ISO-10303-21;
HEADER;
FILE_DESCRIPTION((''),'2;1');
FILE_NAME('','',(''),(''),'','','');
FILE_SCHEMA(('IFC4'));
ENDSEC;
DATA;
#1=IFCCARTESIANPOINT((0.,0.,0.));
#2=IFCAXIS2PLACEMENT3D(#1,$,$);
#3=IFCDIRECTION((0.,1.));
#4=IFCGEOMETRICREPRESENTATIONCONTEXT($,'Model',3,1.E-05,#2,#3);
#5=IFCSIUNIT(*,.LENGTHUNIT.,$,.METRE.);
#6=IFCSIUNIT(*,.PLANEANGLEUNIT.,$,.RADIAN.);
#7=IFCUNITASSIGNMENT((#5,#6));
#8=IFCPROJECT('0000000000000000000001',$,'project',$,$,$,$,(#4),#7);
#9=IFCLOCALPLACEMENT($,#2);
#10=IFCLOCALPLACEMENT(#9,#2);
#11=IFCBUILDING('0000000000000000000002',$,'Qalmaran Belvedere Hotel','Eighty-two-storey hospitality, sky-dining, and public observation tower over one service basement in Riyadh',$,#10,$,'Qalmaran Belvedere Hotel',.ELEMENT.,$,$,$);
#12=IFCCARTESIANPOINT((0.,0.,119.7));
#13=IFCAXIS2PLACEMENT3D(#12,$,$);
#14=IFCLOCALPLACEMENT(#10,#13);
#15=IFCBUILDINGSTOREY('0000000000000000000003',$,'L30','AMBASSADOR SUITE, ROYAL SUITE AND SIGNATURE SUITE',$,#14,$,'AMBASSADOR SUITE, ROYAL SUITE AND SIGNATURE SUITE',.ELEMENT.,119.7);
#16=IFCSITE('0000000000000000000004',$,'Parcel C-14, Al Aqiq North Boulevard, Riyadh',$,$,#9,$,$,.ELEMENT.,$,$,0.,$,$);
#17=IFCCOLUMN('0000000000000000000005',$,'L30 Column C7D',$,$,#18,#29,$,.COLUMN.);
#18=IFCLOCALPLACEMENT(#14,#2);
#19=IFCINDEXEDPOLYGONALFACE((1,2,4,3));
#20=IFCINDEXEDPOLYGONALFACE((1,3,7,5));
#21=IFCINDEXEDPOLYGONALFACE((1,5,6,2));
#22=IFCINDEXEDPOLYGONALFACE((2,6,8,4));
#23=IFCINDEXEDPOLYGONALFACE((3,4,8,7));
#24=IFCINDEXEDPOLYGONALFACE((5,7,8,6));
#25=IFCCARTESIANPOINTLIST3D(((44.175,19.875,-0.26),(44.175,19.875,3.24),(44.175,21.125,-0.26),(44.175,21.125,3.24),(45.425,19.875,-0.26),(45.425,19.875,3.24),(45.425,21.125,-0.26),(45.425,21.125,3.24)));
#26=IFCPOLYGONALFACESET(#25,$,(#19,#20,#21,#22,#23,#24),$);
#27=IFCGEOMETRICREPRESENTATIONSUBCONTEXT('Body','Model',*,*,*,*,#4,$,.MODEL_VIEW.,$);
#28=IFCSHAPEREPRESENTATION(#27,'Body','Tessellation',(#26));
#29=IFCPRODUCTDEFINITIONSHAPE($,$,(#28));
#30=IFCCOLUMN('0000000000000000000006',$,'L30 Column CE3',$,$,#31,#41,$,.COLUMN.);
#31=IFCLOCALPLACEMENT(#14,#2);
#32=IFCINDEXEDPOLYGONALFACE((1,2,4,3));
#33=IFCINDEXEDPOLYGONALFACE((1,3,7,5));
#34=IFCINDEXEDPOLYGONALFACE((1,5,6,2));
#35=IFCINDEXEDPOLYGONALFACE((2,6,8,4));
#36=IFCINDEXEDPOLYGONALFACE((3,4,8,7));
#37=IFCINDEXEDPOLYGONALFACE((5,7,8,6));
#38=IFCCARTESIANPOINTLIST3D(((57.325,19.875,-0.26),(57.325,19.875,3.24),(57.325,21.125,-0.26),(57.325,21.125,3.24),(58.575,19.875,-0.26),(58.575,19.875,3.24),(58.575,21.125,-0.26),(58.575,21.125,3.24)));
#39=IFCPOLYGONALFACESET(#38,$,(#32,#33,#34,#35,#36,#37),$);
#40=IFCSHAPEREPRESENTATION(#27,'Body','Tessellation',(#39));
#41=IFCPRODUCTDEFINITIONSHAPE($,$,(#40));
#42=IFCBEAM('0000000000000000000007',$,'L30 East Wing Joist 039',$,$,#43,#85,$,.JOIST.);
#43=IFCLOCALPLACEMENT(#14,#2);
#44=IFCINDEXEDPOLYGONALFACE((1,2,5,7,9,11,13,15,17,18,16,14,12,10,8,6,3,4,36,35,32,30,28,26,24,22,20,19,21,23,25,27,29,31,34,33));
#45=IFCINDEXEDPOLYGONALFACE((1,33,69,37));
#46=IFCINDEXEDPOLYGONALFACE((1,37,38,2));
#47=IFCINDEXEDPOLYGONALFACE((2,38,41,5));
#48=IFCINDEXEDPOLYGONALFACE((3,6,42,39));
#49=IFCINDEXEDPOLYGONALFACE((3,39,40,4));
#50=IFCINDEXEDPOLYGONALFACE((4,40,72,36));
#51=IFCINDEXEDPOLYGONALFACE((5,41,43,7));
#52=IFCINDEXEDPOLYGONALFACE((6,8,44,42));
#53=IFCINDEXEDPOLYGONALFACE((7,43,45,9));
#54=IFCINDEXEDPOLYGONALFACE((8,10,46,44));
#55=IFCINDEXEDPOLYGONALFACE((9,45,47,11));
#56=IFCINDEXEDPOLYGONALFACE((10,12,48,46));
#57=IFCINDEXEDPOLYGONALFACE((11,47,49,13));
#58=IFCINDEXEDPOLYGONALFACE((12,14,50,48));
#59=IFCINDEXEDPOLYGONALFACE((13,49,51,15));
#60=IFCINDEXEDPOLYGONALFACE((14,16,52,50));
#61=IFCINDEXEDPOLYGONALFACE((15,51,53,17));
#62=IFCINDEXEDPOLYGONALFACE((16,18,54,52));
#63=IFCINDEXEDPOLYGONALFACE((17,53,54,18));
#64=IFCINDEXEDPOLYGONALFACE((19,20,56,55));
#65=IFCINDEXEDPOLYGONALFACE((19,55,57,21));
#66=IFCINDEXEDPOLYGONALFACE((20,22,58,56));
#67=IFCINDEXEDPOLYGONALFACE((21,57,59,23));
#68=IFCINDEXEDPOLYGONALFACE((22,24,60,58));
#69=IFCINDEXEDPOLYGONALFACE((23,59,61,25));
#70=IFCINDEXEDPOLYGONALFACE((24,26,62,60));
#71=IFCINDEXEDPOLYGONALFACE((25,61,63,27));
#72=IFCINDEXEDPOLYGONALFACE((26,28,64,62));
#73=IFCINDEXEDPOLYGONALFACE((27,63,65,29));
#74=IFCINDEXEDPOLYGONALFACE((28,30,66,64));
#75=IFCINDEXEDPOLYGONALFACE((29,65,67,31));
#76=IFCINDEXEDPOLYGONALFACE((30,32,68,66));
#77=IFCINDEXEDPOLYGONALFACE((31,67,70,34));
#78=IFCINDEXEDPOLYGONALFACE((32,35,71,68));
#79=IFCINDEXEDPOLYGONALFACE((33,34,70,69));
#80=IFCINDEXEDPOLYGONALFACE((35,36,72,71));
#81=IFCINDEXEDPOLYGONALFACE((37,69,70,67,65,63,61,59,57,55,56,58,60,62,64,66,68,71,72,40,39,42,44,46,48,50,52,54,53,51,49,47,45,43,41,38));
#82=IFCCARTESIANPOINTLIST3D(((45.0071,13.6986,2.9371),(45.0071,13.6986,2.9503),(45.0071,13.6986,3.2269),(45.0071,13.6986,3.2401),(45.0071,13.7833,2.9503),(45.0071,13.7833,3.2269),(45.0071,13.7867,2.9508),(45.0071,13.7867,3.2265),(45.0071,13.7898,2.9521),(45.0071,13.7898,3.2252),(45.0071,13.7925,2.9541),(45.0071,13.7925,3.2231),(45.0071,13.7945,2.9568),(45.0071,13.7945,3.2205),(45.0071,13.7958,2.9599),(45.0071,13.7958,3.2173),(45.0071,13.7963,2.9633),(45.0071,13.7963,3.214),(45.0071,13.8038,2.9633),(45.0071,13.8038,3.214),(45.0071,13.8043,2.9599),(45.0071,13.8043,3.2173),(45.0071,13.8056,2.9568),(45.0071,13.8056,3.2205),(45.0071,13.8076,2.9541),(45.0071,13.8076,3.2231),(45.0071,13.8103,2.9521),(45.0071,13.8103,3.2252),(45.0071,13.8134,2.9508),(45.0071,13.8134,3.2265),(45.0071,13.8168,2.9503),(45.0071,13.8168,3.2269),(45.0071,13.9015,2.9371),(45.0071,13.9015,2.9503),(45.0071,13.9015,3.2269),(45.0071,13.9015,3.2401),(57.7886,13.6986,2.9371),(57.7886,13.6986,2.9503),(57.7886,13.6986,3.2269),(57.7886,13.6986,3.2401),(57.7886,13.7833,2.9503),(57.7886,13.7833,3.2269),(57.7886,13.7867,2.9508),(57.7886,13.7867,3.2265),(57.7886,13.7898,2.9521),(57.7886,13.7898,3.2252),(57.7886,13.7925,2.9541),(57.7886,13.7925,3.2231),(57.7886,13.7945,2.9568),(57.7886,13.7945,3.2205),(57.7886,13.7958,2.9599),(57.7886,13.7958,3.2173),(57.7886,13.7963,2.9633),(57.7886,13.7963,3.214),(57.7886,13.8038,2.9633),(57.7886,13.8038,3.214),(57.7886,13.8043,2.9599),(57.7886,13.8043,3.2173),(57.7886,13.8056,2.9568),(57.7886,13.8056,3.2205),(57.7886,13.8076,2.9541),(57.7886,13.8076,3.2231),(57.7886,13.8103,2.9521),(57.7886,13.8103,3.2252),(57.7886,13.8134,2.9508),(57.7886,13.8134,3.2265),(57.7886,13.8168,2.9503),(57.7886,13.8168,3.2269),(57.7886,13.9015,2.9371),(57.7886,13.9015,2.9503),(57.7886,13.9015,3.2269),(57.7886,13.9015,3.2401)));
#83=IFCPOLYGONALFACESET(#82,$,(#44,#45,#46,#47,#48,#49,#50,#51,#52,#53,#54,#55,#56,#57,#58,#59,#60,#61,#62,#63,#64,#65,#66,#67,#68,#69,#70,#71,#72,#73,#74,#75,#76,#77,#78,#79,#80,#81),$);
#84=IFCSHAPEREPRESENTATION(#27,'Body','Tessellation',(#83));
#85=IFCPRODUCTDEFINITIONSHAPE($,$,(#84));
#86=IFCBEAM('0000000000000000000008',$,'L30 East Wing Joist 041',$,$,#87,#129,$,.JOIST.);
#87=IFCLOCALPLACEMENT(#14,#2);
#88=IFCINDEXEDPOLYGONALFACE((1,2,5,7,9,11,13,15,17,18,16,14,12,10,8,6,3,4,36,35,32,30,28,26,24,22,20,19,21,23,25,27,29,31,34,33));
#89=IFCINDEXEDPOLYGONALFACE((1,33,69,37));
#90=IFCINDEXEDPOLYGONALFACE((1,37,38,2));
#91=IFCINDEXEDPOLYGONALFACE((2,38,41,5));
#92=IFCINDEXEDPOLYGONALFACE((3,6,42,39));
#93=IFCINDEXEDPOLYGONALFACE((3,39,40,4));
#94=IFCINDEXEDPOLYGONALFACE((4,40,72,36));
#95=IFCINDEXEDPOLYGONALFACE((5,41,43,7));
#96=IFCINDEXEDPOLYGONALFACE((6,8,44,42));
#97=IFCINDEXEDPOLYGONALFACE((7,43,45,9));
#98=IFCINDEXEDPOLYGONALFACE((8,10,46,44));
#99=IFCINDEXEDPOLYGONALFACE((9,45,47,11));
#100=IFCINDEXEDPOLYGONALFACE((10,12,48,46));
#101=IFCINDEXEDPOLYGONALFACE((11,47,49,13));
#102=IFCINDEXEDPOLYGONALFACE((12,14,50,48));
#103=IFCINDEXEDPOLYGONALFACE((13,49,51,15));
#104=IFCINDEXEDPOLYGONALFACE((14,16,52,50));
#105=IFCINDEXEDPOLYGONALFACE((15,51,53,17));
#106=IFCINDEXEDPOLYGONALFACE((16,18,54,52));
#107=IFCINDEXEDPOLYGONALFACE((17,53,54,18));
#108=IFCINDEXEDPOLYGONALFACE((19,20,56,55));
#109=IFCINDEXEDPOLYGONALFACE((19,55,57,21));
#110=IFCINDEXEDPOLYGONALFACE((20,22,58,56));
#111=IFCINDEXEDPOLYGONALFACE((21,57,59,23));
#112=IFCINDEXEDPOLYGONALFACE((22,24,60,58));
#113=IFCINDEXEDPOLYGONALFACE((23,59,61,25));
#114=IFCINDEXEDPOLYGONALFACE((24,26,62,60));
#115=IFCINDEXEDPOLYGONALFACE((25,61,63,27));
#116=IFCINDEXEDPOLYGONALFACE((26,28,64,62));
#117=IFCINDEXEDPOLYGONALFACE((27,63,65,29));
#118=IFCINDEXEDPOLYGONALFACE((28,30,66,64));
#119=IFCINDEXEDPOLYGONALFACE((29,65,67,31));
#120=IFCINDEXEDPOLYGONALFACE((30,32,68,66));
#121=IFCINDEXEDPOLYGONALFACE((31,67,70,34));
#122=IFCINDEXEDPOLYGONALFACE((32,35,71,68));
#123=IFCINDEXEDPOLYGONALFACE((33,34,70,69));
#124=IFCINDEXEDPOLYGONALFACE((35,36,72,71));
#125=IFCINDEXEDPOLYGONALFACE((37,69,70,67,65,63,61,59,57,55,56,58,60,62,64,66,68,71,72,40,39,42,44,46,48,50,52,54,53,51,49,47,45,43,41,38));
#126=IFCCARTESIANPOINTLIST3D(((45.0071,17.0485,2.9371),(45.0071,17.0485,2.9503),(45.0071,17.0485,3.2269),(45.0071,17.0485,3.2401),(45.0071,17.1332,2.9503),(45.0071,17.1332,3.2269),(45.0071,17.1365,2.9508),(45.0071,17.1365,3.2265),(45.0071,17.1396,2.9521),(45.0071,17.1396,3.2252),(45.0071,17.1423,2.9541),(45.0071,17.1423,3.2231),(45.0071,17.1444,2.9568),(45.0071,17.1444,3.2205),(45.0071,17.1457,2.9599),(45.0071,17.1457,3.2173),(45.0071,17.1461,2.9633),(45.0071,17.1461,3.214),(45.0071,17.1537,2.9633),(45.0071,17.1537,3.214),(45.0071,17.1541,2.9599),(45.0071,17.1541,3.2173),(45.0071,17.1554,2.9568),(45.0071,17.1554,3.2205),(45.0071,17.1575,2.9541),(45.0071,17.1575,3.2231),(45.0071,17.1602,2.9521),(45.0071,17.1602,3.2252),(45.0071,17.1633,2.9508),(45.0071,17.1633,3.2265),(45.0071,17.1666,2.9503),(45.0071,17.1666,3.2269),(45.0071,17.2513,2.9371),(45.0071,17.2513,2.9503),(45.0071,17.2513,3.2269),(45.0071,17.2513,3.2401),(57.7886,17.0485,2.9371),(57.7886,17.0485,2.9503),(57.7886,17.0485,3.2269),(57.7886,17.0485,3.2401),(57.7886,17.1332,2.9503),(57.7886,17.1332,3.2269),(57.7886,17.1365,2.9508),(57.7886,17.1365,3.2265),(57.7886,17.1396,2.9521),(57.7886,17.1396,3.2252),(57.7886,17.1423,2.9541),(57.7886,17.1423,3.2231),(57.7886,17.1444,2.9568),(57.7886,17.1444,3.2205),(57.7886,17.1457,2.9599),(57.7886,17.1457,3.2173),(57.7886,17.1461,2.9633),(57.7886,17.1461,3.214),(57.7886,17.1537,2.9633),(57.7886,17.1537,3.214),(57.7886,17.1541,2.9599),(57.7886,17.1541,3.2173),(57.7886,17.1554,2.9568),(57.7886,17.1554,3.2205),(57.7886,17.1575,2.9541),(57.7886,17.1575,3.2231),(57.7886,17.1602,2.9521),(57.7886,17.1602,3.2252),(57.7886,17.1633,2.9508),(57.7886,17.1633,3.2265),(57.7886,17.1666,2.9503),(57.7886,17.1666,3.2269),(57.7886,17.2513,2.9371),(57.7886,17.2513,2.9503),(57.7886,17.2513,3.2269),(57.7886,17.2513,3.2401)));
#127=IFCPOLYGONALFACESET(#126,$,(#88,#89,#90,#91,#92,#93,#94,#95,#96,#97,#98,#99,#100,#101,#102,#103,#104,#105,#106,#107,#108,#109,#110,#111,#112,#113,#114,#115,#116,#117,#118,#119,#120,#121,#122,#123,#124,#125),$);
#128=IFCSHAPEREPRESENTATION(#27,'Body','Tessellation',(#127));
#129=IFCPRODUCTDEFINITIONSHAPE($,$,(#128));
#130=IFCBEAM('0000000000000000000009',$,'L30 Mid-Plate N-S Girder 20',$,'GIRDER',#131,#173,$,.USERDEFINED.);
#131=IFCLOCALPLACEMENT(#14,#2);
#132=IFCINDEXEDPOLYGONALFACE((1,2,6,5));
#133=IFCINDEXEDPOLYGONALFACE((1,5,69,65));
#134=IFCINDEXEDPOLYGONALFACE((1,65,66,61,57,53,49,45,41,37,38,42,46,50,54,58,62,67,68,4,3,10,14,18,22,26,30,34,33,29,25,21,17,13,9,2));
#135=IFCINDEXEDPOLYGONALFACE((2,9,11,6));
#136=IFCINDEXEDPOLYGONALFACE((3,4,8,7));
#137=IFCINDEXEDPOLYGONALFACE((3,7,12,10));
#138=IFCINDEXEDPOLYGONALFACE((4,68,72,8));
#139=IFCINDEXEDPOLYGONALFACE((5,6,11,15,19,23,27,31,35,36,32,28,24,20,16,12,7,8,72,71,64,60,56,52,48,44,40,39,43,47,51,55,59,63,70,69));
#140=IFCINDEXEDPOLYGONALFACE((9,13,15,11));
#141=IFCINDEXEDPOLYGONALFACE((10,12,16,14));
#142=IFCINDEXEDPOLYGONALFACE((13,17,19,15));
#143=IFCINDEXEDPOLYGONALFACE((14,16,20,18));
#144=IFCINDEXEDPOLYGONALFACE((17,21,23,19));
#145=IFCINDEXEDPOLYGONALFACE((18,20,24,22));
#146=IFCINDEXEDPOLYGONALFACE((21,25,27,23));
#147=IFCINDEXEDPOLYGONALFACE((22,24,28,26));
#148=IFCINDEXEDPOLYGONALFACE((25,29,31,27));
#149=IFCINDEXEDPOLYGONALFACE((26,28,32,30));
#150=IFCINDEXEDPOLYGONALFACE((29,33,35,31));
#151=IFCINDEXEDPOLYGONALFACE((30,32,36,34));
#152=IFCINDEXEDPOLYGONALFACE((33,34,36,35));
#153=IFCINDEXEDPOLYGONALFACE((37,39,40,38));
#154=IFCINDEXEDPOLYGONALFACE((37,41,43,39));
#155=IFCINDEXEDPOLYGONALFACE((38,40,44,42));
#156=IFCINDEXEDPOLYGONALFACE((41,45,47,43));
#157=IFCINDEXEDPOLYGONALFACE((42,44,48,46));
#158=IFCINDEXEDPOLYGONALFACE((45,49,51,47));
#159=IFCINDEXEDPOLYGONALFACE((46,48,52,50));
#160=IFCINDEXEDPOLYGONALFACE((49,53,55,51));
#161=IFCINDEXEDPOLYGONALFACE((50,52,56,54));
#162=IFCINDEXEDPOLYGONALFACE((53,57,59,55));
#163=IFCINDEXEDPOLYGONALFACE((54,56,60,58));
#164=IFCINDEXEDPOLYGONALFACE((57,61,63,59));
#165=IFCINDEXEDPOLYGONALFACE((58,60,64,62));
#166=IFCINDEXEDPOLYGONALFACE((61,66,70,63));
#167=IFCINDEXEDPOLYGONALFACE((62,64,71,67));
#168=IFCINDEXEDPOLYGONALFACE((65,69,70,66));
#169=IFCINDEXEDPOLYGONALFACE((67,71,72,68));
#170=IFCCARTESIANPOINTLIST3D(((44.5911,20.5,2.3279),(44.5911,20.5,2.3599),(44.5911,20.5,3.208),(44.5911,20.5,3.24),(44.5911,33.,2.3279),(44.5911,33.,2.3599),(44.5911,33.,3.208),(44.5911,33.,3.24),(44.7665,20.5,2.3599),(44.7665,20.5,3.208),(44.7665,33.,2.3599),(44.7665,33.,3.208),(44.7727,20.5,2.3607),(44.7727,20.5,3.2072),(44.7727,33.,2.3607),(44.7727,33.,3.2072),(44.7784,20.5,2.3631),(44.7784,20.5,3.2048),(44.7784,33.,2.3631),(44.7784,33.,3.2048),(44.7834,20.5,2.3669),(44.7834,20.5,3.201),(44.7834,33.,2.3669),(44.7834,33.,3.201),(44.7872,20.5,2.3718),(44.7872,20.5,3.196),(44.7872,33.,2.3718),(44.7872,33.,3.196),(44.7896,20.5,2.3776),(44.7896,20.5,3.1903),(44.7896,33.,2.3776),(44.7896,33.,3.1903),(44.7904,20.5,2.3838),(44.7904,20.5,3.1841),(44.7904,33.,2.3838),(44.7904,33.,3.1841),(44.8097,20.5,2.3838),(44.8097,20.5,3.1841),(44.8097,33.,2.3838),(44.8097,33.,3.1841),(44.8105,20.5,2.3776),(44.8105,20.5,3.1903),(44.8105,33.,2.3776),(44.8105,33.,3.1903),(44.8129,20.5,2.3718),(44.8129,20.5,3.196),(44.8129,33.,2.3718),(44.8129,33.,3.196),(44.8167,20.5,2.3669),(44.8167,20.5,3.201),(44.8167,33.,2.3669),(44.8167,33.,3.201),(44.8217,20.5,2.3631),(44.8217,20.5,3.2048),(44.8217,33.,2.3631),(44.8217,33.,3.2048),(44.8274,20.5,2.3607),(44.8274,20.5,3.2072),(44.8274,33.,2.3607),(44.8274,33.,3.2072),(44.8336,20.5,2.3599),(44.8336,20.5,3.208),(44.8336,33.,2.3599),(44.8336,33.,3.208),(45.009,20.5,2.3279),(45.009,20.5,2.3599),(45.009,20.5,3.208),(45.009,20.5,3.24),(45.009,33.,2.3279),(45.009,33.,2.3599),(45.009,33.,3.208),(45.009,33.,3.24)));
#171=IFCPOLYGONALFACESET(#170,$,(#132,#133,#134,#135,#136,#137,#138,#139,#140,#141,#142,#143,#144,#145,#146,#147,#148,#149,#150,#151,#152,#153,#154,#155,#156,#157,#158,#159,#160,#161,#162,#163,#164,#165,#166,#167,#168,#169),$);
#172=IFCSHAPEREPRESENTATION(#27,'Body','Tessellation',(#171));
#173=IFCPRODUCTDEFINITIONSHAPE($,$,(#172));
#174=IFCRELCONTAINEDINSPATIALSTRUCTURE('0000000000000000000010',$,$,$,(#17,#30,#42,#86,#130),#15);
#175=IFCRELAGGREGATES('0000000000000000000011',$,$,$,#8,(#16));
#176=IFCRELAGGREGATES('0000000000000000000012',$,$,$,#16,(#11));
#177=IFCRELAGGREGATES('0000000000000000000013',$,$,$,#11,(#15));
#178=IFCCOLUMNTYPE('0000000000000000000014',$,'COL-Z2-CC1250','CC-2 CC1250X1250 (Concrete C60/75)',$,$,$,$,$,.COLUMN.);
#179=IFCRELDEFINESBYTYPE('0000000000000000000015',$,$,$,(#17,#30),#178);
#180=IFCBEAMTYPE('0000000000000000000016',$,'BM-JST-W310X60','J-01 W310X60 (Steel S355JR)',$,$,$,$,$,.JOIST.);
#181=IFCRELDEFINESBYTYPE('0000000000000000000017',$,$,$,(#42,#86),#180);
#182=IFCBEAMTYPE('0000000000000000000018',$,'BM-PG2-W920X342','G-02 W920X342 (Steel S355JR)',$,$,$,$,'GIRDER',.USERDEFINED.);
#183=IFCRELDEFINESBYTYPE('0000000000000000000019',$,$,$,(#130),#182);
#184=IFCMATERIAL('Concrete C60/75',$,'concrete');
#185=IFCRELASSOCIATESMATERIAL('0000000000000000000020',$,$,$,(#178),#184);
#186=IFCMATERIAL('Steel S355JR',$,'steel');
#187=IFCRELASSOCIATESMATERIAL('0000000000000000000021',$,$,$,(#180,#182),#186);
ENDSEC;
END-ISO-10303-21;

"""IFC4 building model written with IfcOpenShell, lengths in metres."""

from ifc_helpers import new_model, si_unit, direction, frame, origin, origin_2d, place, context, subcontext, project, spatial, rectangle, i_section, extrude, material, material_profile, profile_set, type_object, element, save


model = new_model("IFC4")

# Units and contexts
model_context = context("Model", 3, precision=1e-05, world=origin(), true_north=direction((0.0, 1.0)))
body_context = subcontext(model_context, "Body", "Model", "MODEL_VIEW")
ifc_project = project(units=[si_unit("LENGTHUNIT", "METRE"), si_unit("PLANEANGLEUNIT", "RADIAN")], contexts=[model_context])

# Site, building, storey
site_placement = place(None, origin())
site = spatial("IfcSite", under=ifc_project, at=site_placement, Name="Parcel C-14, Al Aqiq North Boulevard, Riyadh", CompositionType="ELEMENT", RefElevation=0.0)
building_placement = place(site_placement, origin())
building = spatial("IfcBuilding", under=site, at=building_placement, Name="Qalmaran Belvedere Hotel", Description="Eighty-two-storey hospitality, sky-dining, and public observation tower over one service basement in Riyadh", LongName="Qalmaran Belvedere Hotel", CompositionType="ELEMENT")
storey_placement = place(building_placement, frame((0.0, 0.0, 119.7)))
storey = spatial("IfcBuildingStorey", under=building, at=storey_placement, Name="L30", Description="AMBASSADOR SUITE, ROYAL SUITE AND SIGNATURE SUITE", LongName="AMBASSADOR SUITE, ROYAL SUITE AND SIGNATURE SUITE", CompositionType="ELEMENT", Elevation=119.7)

# Columns
ifc_material_1 = material(Name="Concrete C60/75", Category="concrete")
ifc_material_profile_1 = material_profile(ifc_material_1, rectangle(XDim=1.25, YDim=1.25, at=origin_2d()), Name="CC1250X1250")
ifc_profile_set_1 = profile_set([ifc_material_profile_1], Name="Concrete C60/75")
column_type = type_object("IfcColumnType", Name="COL-Z2-CC1250", Description="CC-2 CC1250X1250 (Concrete C60/75)", PredefinedType="COLUMN", material=ifc_profile_set_1)
for number, where, z_axis, x_axis, name in (
    (1, (44.8, 20.5, -0.26), (0.0, 0.0, 1.0), (1.0, 0.0, 0.0), "L30 Column C7D"),
    (2, (57.95, 20.5, -0.26), (0.0, 0.0, 1.0), (1.0, 0.0, 0.0), "L30 Column CE3"),
):
    element("IfcColumn", number, at=place(storey_placement, frame(where, z_axis=z_axis, x_axis=x_axis)), inside=storey, type_object=column_type, Name=name, PredefinedType="COLUMN", context=body_context, shape_type="SweptSolid", body=[
        extrude(rectangle(XDim=1.25, YDim=1.25, at=origin_2d()), origin(), (0.0, 0.0, 1.0), 3.5),
    ])

# Beams
ifc_material_2 = material(Name="Steel S355JR", Category="steel")
ifc_material_profile_2 = material_profile(ifc_material_2, i_section(OverallWidth=0.2029, OverallDepth=0.303, WebThickness=0.0076, FlangeThickness=0.0132, FilletRadius=0.0129, at=origin_2d()), Name="W310X60")
ifc_profile_set_2 = profile_set([ifc_material_profile_2], Name="Steel S355JR")
beam_type_1 = type_object("IfcBeamType", Name="BM-JST-W310X60", Description="J-01 W310X60 (Steel S355JR)", PredefinedType="JOIST", material=ifc_profile_set_2)
for number, where, z_axis, x_axis, name in (
    (3, (45.0071, 13.8, 3.0886), (1.0, 0.0, 0.0), (0.0, 1.0, 0.0), "L30 East Wing Joist 039"),
    (4, (45.0071, 17.1499, 3.0886), (1.0, 0.0, 0.0), (0.0, 1.0, 0.0), "L30 East Wing Joist 041"),
):
    element("IfcBeam", number, at=place(storey_placement, frame(where, z_axis=z_axis, x_axis=x_axis)), inside=storey, type_object=beam_type_1, Name=name, PredefinedType="JOIST", context=body_context, shape_type="SweptSolid", body=[
        extrude(i_section(OverallWidth=0.2029, OverallDepth=0.303, WebThickness=0.0076, FlangeThickness=0.0132, FilletRadius=0.0129, at=origin_2d()), origin(), (0.0, 0.0, 1.0), 12.7815),
    ])
ifc_material_profile_3 = material_profile(ifc_material_2, i_section(OverallWidth=0.418, OverallDepth=0.9121, WebThickness=0.0193, FlangeThickness=0.032, FilletRadius=0.0239, at=origin_2d()), Name="W920X342")
ifc_profile_set_3 = profile_set([ifc_material_profile_3], Name="Steel S355JR")
beam_type_2 = type_object("IfcBeamType", Name="BM-PG2-W920X342", Description="G-02 W920X342 (Steel S355JR)", ElementType="GIRDER", PredefinedType="USERDEFINED", material=ifc_profile_set_3)
beam_1_placement = place(storey_placement, frame((44.8, 20.5, 2.7839), z_axis=(0.0, 1.0, 0.0), x_axis=(-1.0, 0.0, 0.0)))
element("IfcBeam", 5, at=beam_1_placement, inside=storey, type_object=beam_type_2, Name="L30 Mid-Plate N-S Girder 20", ObjectType="GIRDER", PredefinedType="USERDEFINED", context=body_context, shape_type="SweptSolid", body=[
    extrude(i_section(OverallWidth=0.418, OverallDepth=0.9121, WebThickness=0.0193, FlangeThickness=0.032, FilletRadius=0.0239, at=origin_2d()), origin(), (0.0, 0.0, 1.0), 12.5),
])

save(model, "model.ifc")
